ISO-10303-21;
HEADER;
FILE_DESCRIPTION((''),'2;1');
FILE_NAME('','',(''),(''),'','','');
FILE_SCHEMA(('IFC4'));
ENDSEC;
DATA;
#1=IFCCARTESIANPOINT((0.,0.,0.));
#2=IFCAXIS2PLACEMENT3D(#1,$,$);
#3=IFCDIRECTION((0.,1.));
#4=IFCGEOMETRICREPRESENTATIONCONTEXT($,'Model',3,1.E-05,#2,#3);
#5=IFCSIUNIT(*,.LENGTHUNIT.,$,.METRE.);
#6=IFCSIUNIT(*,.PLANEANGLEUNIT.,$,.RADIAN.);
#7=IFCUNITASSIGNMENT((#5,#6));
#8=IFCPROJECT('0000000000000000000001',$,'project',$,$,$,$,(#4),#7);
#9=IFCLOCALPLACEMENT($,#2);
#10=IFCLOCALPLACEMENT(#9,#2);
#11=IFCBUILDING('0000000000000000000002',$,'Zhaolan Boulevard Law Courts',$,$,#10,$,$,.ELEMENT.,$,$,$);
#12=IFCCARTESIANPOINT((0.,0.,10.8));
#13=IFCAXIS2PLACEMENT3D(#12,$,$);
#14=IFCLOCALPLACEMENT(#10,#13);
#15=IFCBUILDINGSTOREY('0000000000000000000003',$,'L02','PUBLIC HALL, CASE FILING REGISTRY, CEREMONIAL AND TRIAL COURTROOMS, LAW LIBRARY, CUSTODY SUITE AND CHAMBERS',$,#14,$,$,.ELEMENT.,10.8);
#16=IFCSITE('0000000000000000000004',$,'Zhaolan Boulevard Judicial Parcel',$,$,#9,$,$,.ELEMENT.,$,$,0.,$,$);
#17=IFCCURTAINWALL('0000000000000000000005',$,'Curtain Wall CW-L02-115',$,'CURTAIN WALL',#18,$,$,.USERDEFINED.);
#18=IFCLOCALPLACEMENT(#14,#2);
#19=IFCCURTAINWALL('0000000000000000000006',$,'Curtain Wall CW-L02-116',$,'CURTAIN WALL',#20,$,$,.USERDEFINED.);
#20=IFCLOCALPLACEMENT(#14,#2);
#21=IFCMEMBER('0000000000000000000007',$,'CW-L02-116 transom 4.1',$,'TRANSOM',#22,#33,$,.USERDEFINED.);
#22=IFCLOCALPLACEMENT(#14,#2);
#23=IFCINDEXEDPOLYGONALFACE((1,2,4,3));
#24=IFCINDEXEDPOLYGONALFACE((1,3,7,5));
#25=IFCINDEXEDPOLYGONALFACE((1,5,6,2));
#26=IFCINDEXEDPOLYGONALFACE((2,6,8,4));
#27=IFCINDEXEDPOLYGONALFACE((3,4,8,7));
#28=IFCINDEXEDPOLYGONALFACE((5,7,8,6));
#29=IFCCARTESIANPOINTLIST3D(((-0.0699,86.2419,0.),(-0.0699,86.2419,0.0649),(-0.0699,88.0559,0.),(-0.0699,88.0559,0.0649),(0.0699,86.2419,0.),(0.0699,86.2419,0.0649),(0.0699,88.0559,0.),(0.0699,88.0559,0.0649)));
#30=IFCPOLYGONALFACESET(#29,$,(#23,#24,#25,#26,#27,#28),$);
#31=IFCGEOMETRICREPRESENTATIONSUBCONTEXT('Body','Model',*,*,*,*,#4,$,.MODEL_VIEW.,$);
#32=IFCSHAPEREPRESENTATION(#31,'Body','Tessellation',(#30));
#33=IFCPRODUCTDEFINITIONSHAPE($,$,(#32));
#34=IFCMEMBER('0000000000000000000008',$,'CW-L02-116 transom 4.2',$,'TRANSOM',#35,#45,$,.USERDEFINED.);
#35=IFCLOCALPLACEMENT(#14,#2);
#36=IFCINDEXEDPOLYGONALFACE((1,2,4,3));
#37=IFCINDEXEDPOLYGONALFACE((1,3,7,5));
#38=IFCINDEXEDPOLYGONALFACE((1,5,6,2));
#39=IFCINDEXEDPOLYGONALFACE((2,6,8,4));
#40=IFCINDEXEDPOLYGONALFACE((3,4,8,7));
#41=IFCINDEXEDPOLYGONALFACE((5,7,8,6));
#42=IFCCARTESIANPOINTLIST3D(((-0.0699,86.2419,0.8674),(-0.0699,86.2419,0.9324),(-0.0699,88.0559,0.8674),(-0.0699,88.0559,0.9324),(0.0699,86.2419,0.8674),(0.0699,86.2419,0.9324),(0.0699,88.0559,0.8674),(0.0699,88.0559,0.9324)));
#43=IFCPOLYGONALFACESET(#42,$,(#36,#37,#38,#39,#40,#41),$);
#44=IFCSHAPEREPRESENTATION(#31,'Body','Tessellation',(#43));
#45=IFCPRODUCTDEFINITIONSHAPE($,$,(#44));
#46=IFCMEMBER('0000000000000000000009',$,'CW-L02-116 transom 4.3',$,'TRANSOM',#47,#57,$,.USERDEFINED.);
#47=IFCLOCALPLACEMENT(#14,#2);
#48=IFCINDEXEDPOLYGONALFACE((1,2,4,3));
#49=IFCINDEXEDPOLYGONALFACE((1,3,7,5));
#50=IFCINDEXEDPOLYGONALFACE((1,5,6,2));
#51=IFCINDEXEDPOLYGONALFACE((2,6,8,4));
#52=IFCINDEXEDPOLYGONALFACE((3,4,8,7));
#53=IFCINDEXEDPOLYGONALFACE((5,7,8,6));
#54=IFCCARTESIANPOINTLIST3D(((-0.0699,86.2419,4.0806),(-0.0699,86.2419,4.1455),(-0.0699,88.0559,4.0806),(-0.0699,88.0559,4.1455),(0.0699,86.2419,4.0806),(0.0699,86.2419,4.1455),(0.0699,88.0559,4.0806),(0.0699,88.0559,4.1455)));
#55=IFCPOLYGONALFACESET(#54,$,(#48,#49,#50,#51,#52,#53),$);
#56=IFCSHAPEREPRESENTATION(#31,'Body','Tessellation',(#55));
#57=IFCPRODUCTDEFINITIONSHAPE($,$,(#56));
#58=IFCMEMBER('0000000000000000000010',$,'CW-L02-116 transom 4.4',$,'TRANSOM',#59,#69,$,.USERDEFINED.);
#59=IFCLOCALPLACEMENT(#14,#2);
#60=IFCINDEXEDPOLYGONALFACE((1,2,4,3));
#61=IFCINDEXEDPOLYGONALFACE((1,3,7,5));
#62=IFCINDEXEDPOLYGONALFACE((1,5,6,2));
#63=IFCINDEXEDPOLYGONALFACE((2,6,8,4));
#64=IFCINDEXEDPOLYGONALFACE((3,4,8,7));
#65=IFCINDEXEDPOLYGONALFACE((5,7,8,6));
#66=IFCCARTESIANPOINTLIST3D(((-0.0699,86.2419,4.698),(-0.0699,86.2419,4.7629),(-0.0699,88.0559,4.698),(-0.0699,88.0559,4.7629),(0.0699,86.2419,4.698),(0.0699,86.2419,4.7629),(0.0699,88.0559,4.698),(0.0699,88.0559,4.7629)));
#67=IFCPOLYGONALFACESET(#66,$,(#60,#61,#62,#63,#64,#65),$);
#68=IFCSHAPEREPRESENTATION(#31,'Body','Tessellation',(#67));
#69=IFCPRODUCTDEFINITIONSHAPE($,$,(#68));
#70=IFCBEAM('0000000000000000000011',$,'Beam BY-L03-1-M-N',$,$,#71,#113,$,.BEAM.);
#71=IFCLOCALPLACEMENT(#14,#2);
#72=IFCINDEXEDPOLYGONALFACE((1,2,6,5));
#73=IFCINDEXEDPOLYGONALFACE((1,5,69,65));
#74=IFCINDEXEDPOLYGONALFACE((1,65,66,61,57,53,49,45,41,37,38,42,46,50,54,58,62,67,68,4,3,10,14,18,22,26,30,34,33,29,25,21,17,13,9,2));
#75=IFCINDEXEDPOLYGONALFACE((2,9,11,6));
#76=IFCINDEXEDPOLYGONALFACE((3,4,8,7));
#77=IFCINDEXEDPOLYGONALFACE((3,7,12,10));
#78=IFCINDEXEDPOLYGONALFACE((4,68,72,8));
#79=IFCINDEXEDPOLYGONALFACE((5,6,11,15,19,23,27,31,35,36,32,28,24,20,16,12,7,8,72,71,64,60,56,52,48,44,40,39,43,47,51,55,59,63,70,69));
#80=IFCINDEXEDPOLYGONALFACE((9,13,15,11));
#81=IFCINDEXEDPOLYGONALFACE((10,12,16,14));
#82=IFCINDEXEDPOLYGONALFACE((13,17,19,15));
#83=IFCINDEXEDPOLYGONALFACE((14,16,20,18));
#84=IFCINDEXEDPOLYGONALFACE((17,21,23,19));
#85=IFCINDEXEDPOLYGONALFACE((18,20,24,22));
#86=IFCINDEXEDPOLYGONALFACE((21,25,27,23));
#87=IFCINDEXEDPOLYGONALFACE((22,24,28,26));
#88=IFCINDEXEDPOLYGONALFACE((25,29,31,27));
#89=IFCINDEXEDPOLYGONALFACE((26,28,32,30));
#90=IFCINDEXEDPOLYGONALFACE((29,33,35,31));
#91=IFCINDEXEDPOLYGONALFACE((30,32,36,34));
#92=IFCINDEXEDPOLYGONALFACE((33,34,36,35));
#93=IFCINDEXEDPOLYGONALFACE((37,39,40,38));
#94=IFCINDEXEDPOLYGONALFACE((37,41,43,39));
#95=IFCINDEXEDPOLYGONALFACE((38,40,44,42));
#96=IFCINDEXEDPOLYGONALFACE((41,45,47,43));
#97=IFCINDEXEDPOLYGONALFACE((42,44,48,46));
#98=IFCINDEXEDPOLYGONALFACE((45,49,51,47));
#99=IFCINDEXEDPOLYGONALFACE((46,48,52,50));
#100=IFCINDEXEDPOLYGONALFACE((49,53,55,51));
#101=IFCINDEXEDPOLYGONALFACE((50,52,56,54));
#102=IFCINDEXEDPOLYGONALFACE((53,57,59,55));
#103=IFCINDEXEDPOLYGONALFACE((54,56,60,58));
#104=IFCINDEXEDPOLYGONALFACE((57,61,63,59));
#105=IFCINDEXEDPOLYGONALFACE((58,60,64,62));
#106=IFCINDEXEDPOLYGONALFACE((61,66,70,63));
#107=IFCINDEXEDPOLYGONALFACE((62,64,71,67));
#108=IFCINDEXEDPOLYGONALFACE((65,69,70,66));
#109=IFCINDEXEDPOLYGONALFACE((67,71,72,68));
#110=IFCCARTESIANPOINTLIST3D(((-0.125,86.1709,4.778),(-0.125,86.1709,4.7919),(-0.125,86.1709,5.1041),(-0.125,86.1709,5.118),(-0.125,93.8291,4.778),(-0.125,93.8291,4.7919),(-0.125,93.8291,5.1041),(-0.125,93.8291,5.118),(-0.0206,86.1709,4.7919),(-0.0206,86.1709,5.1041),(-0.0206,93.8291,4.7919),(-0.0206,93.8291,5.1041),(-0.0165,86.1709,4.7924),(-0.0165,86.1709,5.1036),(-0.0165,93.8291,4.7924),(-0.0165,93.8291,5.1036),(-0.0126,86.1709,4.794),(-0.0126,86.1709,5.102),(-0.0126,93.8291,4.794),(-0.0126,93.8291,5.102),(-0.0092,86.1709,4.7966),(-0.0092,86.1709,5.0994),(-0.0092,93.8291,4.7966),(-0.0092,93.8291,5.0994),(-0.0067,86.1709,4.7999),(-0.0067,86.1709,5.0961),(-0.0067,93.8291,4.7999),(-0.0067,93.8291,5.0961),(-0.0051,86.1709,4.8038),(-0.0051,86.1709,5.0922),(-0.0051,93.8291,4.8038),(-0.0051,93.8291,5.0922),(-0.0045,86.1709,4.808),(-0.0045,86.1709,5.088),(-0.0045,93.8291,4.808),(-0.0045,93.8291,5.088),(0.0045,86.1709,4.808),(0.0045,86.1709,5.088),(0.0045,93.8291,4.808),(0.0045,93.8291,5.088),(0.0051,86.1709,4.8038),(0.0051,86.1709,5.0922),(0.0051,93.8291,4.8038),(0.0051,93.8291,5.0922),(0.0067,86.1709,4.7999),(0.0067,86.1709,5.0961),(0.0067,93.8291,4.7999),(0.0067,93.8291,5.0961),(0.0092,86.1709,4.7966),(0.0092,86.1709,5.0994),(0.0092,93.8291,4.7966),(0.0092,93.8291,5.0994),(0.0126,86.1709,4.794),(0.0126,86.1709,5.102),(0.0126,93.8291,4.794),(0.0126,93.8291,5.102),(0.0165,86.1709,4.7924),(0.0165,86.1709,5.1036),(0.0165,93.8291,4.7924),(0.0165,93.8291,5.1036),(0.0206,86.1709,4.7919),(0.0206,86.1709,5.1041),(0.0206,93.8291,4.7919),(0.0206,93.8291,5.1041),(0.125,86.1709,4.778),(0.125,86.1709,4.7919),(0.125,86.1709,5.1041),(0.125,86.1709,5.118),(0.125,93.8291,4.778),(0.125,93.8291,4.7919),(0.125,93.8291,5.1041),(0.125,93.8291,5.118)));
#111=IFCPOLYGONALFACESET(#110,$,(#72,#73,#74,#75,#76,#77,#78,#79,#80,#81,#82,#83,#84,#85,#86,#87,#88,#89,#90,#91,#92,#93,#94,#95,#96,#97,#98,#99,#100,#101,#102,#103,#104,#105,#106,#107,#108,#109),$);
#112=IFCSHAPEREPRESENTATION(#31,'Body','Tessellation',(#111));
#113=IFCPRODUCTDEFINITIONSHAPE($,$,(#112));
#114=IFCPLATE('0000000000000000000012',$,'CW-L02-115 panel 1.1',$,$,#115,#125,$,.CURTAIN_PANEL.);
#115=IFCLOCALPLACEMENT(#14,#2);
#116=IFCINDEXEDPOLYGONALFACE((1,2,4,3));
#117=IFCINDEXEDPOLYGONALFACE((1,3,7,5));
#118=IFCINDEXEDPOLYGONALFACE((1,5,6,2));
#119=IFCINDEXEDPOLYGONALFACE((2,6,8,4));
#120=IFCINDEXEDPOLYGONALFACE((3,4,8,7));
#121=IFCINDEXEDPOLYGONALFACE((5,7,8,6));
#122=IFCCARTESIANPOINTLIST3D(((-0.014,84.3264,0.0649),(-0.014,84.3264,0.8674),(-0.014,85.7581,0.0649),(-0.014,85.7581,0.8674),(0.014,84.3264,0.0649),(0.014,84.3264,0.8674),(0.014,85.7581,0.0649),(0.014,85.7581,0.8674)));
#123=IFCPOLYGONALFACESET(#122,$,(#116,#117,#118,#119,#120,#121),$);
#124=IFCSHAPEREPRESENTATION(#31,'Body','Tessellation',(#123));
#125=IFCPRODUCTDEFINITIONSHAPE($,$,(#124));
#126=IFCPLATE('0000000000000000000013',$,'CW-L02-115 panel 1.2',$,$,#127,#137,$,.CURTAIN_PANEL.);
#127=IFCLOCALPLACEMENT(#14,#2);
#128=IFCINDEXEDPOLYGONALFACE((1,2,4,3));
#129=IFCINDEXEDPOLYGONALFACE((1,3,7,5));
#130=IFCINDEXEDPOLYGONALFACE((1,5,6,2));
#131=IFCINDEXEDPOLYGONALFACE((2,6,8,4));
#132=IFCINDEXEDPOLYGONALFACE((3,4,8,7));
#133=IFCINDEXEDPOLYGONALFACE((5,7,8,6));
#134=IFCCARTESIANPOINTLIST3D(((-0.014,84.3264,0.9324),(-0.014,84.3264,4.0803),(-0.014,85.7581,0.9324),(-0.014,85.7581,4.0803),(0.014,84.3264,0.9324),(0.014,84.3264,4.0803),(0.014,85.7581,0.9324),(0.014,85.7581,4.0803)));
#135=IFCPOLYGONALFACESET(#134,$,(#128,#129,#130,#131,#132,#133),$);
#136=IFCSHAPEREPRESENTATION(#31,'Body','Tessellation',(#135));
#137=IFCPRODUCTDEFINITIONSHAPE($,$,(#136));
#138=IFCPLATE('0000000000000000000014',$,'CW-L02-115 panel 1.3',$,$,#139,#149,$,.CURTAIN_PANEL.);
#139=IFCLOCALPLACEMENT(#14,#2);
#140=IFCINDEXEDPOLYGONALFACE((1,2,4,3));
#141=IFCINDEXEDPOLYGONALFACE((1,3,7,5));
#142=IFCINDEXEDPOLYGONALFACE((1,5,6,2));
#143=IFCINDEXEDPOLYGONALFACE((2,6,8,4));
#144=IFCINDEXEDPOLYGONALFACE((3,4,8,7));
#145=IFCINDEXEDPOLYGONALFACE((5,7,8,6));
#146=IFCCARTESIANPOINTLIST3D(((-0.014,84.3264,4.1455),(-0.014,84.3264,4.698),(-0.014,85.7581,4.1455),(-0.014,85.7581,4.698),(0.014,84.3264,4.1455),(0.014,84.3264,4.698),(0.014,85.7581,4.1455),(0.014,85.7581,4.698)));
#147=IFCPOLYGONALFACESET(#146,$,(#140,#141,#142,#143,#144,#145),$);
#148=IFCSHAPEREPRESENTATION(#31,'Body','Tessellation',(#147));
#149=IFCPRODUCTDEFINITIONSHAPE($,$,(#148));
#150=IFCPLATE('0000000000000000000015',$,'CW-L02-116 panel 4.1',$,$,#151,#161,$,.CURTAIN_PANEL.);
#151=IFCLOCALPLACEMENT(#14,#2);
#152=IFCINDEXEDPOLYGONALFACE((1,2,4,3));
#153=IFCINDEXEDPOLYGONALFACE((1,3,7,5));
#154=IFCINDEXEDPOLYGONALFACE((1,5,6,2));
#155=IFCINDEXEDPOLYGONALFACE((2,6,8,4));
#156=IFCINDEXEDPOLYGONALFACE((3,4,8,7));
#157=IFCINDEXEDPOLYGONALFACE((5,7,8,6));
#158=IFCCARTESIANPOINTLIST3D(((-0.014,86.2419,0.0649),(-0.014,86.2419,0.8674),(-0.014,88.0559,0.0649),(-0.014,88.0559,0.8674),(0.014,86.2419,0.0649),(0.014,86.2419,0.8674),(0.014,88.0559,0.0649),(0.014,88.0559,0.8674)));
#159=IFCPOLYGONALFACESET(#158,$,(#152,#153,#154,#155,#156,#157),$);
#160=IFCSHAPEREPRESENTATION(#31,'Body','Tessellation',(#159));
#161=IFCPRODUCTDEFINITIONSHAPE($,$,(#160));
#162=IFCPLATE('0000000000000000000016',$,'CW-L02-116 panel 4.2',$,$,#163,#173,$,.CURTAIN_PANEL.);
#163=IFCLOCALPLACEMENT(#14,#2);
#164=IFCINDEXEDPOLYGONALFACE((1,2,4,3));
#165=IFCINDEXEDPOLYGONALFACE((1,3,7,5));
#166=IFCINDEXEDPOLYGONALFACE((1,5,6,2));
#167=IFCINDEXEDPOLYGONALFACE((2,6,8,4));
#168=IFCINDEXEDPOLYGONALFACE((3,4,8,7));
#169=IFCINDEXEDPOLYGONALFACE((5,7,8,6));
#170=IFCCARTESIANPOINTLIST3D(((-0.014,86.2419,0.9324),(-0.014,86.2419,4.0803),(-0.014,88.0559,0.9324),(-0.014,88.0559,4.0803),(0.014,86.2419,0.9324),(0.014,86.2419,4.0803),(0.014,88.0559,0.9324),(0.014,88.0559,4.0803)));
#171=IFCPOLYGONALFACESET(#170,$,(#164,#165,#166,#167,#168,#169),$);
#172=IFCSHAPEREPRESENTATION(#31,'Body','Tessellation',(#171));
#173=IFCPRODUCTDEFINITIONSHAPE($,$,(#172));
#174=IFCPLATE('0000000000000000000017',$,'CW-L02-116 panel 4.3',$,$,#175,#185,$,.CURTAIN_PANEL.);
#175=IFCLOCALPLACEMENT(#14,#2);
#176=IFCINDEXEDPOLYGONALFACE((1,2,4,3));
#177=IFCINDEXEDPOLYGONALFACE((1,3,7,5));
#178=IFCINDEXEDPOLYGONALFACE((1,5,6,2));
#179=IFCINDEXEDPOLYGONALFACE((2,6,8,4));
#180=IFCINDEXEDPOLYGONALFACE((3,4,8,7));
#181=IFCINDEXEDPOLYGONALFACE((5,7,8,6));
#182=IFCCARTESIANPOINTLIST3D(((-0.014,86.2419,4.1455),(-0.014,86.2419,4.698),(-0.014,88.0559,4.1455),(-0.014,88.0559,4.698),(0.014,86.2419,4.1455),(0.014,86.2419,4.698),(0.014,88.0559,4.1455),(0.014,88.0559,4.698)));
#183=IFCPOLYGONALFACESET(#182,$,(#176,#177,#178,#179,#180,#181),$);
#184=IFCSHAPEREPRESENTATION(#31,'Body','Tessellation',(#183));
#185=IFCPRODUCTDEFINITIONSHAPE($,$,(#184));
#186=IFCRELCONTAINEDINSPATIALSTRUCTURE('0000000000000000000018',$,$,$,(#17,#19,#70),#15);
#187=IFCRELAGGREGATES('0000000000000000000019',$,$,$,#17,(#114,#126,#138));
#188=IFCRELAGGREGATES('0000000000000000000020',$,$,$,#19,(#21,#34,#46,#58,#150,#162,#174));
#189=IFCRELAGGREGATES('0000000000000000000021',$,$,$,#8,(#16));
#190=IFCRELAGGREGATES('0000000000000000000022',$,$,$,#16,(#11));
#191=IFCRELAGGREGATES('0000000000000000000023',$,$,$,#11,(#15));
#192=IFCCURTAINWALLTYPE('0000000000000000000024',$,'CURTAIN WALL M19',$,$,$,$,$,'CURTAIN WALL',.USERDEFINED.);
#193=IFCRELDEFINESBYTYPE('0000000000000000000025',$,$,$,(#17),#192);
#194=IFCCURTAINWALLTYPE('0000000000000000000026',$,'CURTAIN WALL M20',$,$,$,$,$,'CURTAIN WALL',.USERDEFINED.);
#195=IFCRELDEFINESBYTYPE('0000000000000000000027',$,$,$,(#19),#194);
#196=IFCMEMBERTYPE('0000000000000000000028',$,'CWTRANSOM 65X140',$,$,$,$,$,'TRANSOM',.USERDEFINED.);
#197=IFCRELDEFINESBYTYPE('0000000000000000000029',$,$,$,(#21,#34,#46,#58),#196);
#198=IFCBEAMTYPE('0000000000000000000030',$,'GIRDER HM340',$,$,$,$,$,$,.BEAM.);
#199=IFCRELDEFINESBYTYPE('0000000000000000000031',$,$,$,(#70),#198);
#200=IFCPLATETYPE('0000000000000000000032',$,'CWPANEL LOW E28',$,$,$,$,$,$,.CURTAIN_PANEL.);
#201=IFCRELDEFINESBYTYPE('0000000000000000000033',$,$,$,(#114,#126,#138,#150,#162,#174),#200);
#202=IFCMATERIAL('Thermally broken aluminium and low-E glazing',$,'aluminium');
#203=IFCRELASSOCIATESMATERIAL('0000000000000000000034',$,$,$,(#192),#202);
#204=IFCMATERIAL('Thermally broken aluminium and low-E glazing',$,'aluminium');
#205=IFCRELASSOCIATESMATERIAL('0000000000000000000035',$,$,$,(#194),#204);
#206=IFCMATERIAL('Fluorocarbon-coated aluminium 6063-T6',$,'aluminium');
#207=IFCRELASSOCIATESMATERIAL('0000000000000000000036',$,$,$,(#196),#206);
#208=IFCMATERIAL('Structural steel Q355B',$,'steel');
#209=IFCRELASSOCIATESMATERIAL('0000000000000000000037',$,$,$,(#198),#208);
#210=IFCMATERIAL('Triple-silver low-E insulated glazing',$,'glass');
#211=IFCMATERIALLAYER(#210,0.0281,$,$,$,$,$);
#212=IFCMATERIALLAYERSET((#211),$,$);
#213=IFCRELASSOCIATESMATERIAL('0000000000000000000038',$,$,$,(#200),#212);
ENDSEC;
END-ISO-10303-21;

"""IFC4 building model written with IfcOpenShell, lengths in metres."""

from ifc_helpers import new_model, si_unit, direction, frame, origin, origin_2d, place, context, subcontext, project, spatial, rectangle, i_section, extrude, material, layer, layer_set, material_profile, profile_set, type_object, element, aggregate, save


model = new_model("IFC4")

# Units and contexts
model_context = context("Model", 3, precision=1e-05, world=origin(), true_north=direction((0.0, 1.0)))
body_context = subcontext(model_context, "Body", "Model", "MODEL_VIEW")
ifc_project = project(units=[si_unit("LENGTHUNIT", "METRE"), si_unit("PLANEANGLEUNIT", "RADIAN")], contexts=[model_context])

# Site, building, storey
site_placement = place(None, origin())
site = spatial("IfcSite", under=ifc_project, at=site_placement, Name="Zhaolan Boulevard Judicial Parcel", CompositionType="ELEMENT", RefElevation=0.0)
building_placement = place(site_placement, origin())
building = spatial("IfcBuilding", under=site, at=building_placement, Name="Zhaolan Boulevard Law Courts", CompositionType="ELEMENT")
storey_placement = place(building_placement, frame((0.0, 0.0, 10.8)))
storey = spatial("IfcBuildingStorey", under=building, at=storey_placement, Name="L02", Description="PUBLIC HALL, CASE FILING REGISTRY, CEREMONIAL AND TRIAL COURTROOMS, LAW LIBRARY, CUSTODY SUITE AND CHAMBERS", CompositionType="ELEMENT", Elevation=10.8)

# Curtain walls
ifc_material_1 = material(Name="Thermally broken aluminium and low-E glazing", Category="aluminium")
curtain_wall_type_1 = type_object("IfcCurtainWallType", Name="CURTAIN WALL M19", ElementType="CURTAIN WALL", PredefinedType="USERDEFINED", material=ifc_material_1)
curtain_wall_1_placement = place(storey_placement, origin())
curtain_wall_1 = element("IfcCurtainWall", 1, at=curtain_wall_1_placement, inside=storey, type_object=curtain_wall_type_1, Name="Curtain Wall CW-L02-115", ObjectType="CURTAIN WALL", PredefinedType="USERDEFINED")
ifc_material_2 = material(Name="Thermally broken aluminium and low-E glazing", Category="aluminium")
curtain_wall_type_2 = type_object("IfcCurtainWallType", Name="CURTAIN WALL M20", ElementType="CURTAIN WALL", PredefinedType="USERDEFINED", material=ifc_material_2)
curtain_wall_2_placement = place(storey_placement, origin())
curtain_wall_2 = element("IfcCurtainWall", 2, at=curtain_wall_2_placement, inside=storey, type_object=curtain_wall_type_2, Name="Curtain Wall CW-L02-116", ObjectType="CURTAIN WALL", PredefinedType="USERDEFINED")

# Members
ifc_material_3 = material(Name="Fluorocarbon-coated aluminium 6063-T6", Category="aluminium")
ifc_material_profile_1 = material_profile(ifc_material_3, rectangle(XDim=0.1399, YDim=0.0649, at=origin_2d()), Name="AL65x140")
ifc_profile_set_1 = profile_set([ifc_material_profile_1], Name="Fluorocarbon-coated aluminium 6063-T6")
member_type_1 = type_object("IfcMemberType", Name="CWTRANSOM 65X140", ElementType="TRANSOM", PredefinedType="USERDEFINED", material=ifc_profile_set_1)
member_1_placement = place(storey_placement, frame((0.0, 88.0559, 0.0325), z_axis=(0.0, -1.0, 0.0), x_axis=(1.0, 0.0, 0.0)))
member_1 = element("IfcMember", 3, at=member_1_placement, type_object=member_type_1, Name="CW-L02-116 transom 4.1", ObjectType="TRANSOM", PredefinedType="USERDEFINED", context=body_context, shape_type="SweptSolid", body=[
    extrude(rectangle(XDim=0.1399, YDim=0.0649, at=origin_2d()), origin(), (0.0, 0.0, 1.0), 1.814),
])
member_2_placement = place(storey_placement, frame((0.0, 88.0559, 0.8999), z_axis=(0.0, -1.0, 0.0), x_axis=(1.0, 0.0, 0.0)))
member_2 = element("IfcMember", 4, at=member_2_placement, type_object=member_type_1, Name="CW-L02-116 transom 4.2", ObjectType="TRANSOM", PredefinedType="USERDEFINED", context=body_context, shape_type="SweptSolid", body=[
    extrude(rectangle(XDim=0.1399, YDim=0.0649, at=origin_2d()), origin(), (0.0, 0.0, 1.0), 1.814),
])
member_3_placement = place(storey_placement, frame((0.0, 88.0559, 4.113), z_axis=(0.0, -1.0, 0.0), x_axis=(1.0, 0.0, 0.0)))
member_3 = element("IfcMember", 5, at=member_3_placement, type_object=member_type_1, Name="CW-L02-116 transom 4.3", ObjectType="TRANSOM", PredefinedType="USERDEFINED", context=body_context, shape_type="SweptSolid", body=[
    extrude(rectangle(XDim=0.1399, YDim=0.0649, at=origin_2d()), origin(), (0.0, 0.0, 1.0), 1.814),
])
member_4_placement = place(storey_placement, frame((0.0, 88.0559, 4.7305), z_axis=(0.0, -1.0, 0.0), x_axis=(1.0, 0.0, 0.0)))
member_4 = element("IfcMember", 6, at=member_4_placement, type_object=member_type_1, Name="CW-L02-116 transom 4.4", ObjectType="TRANSOM", PredefinedType="USERDEFINED", context=body_context, shape_type="SweptSolid", body=[
    extrude(rectangle(XDim=0.1399, YDim=0.0649, at=origin_2d()), origin(), (0.0, 0.0, 1.0), 1.814),
])

# Beam
ifc_material_4 = material(Name="Structural steel Q355B", Category="steel")
ifc_material_profile_2 = material_profile(ifc_material_4, i_section(OverallWidth=0.25, OverallDepth=0.3401, WebThickness=0.009, FlangeThickness=0.0139, FilletRadius=0.0161, at=origin_2d()), Name="HM340x250")
ifc_profile_set_2 = profile_set([ifc_material_profile_2], Name="Structural steel Q355B")
beam_type = type_object("IfcBeamType", Name="GIRDER HM340", PredefinedType="BEAM", material=ifc_profile_set_2)
beam_placement = place(storey_placement, frame((0.0, 86.1709, 4.948), z_axis=(0.0, 1.0, 0.0), x_axis=(-1.0, 0.0, 0.0)))
element("IfcBeam", 7, at=beam_placement, inside=storey, type_object=beam_type, Name="Beam BY-L03-1-M-N", PredefinedType="BEAM", context=body_context, shape_type="SweptSolid", body=[
    extrude(i_section(OverallWidth=0.25, OverallDepth=0.3401, WebThickness=0.009, FlangeThickness=0.0139, FilletRadius=0.0161, at=origin_2d()), origin(), (0.0, 0.0, 1.0), 7.6582),
])

# Plates
ifc_material_5 = material(Name="Triple-silver low-E insulated glazing", Category="glass")
ifc_layer = layer(ifc_material_5, 0.0281)
ifc_layer_set = layer_set([ifc_layer])
plate_type = type_object("IfcPlateType", Name="CWPANEL LOW E28", PredefinedType="CURTAIN_PANEL", material=ifc_layer_set)
plate_1_placement = place(storey_placement, frame((0.0, 85.0422, 0.0649), z_axis=(0.0, 0.0, 1.0), x_axis=(0.0, -1.0, 0.0)))
plate_1 = element("IfcPlate", 8, at=plate_1_placement, type_object=plate_type, Name="CW-L02-115 panel 1.1", PredefinedType="CURTAIN_PANEL", context=body_context, shape_type="SweptSolid", body=[
    extrude(rectangle(XDim=1.4316, YDim=0.0281, at=origin_2d()), origin(), (0.0, 0.0, 1.0), 0.8025),
])
plate_2_placement = place(storey_placement, frame((0.0, 85.0422, 0.9324), z_axis=(0.0, 0.0, 1.0), x_axis=(0.0, -1.0, 0.0)))
plate_2 = element("IfcPlate", 9, at=plate_2_placement, type_object=plate_type, Name="CW-L02-115 panel 1.2", PredefinedType="CURTAIN_PANEL", context=body_context, shape_type="SweptSolid", body=[
    extrude(rectangle(XDim=1.4316, YDim=0.0281, at=origin_2d()), origin(), (0.0, 0.0, 1.0), 3.1479),
])
plate_3_placement = place(storey_placement, frame((0.0, 85.0422, 4.1455), z_axis=(0.0, 0.0, 1.0), x_axis=(0.0, -1.0, 0.0)))
plate_3 = element("IfcPlate", 10, at=plate_3_placement, type_object=plate_type, Name="CW-L02-115 panel 1.3", PredefinedType="CURTAIN_PANEL", context=body_context, shape_type="SweptSolid", body=[
    extrude(rectangle(XDim=1.4316, YDim=0.0281, at=origin_2d()), origin(), (0.0, 0.0, 1.0), 0.5525),
])
aggregate(curtain_wall_1, [plate_1, plate_2, plate_3])
plate_4_placement = place(storey_placement, frame((0.0, 87.1489, 0.0649), z_axis=(0.0, 0.0, 1.0), x_axis=(0.0, -1.0, 0.0)))
plate_4 = element("IfcPlate", 11, at=plate_4_placement, type_object=plate_type, Name="CW-L02-116 panel 4.1", PredefinedType="CURTAIN_PANEL", context=body_context, shape_type="SweptSolid", body=[
    extrude(rectangle(XDim=1.814, YDim=0.0281, at=origin_2d()), origin(), (0.0, 0.0, 1.0), 0.8025),
])
plate_5_placement = place(storey_placement, frame((0.0, 87.1489, 0.9324), z_axis=(0.0, 0.0, 1.0), x_axis=(0.0, -1.0, 0.0)))
plate_5 = element("IfcPlate", 12, at=plate_5_placement, type_object=plate_type, Name="CW-L02-116 panel 4.2", PredefinedType="CURTAIN_PANEL", context=body_context, shape_type="SweptSolid", body=[
    extrude(rectangle(XDim=1.814, YDim=0.0281, at=origin_2d()), origin(), (0.0, 0.0, 1.0), 3.1479),
])
plate_6_placement = place(storey_placement, frame((0.0, 87.1489, 4.1455), z_axis=(0.0, 0.0, 1.0), x_axis=(0.0, -1.0, 0.0)))
plate_6 = element("IfcPlate", 13, at=plate_6_placement, type_object=plate_type, Name="CW-L02-116 panel 4.3", PredefinedType="CURTAIN_PANEL", context=body_context, shape_type="SweptSolid", body=[
    extrude(rectangle(XDim=1.814, YDim=0.0281, at=origin_2d()), origin(), (0.0, 0.0, 1.0), 0.5525),
])
aggregate(curtain_wall_2, [member_1, member_2, member_3, member_4, plate_4, plate_5, plate_6])

save(model, "model.ifc")
